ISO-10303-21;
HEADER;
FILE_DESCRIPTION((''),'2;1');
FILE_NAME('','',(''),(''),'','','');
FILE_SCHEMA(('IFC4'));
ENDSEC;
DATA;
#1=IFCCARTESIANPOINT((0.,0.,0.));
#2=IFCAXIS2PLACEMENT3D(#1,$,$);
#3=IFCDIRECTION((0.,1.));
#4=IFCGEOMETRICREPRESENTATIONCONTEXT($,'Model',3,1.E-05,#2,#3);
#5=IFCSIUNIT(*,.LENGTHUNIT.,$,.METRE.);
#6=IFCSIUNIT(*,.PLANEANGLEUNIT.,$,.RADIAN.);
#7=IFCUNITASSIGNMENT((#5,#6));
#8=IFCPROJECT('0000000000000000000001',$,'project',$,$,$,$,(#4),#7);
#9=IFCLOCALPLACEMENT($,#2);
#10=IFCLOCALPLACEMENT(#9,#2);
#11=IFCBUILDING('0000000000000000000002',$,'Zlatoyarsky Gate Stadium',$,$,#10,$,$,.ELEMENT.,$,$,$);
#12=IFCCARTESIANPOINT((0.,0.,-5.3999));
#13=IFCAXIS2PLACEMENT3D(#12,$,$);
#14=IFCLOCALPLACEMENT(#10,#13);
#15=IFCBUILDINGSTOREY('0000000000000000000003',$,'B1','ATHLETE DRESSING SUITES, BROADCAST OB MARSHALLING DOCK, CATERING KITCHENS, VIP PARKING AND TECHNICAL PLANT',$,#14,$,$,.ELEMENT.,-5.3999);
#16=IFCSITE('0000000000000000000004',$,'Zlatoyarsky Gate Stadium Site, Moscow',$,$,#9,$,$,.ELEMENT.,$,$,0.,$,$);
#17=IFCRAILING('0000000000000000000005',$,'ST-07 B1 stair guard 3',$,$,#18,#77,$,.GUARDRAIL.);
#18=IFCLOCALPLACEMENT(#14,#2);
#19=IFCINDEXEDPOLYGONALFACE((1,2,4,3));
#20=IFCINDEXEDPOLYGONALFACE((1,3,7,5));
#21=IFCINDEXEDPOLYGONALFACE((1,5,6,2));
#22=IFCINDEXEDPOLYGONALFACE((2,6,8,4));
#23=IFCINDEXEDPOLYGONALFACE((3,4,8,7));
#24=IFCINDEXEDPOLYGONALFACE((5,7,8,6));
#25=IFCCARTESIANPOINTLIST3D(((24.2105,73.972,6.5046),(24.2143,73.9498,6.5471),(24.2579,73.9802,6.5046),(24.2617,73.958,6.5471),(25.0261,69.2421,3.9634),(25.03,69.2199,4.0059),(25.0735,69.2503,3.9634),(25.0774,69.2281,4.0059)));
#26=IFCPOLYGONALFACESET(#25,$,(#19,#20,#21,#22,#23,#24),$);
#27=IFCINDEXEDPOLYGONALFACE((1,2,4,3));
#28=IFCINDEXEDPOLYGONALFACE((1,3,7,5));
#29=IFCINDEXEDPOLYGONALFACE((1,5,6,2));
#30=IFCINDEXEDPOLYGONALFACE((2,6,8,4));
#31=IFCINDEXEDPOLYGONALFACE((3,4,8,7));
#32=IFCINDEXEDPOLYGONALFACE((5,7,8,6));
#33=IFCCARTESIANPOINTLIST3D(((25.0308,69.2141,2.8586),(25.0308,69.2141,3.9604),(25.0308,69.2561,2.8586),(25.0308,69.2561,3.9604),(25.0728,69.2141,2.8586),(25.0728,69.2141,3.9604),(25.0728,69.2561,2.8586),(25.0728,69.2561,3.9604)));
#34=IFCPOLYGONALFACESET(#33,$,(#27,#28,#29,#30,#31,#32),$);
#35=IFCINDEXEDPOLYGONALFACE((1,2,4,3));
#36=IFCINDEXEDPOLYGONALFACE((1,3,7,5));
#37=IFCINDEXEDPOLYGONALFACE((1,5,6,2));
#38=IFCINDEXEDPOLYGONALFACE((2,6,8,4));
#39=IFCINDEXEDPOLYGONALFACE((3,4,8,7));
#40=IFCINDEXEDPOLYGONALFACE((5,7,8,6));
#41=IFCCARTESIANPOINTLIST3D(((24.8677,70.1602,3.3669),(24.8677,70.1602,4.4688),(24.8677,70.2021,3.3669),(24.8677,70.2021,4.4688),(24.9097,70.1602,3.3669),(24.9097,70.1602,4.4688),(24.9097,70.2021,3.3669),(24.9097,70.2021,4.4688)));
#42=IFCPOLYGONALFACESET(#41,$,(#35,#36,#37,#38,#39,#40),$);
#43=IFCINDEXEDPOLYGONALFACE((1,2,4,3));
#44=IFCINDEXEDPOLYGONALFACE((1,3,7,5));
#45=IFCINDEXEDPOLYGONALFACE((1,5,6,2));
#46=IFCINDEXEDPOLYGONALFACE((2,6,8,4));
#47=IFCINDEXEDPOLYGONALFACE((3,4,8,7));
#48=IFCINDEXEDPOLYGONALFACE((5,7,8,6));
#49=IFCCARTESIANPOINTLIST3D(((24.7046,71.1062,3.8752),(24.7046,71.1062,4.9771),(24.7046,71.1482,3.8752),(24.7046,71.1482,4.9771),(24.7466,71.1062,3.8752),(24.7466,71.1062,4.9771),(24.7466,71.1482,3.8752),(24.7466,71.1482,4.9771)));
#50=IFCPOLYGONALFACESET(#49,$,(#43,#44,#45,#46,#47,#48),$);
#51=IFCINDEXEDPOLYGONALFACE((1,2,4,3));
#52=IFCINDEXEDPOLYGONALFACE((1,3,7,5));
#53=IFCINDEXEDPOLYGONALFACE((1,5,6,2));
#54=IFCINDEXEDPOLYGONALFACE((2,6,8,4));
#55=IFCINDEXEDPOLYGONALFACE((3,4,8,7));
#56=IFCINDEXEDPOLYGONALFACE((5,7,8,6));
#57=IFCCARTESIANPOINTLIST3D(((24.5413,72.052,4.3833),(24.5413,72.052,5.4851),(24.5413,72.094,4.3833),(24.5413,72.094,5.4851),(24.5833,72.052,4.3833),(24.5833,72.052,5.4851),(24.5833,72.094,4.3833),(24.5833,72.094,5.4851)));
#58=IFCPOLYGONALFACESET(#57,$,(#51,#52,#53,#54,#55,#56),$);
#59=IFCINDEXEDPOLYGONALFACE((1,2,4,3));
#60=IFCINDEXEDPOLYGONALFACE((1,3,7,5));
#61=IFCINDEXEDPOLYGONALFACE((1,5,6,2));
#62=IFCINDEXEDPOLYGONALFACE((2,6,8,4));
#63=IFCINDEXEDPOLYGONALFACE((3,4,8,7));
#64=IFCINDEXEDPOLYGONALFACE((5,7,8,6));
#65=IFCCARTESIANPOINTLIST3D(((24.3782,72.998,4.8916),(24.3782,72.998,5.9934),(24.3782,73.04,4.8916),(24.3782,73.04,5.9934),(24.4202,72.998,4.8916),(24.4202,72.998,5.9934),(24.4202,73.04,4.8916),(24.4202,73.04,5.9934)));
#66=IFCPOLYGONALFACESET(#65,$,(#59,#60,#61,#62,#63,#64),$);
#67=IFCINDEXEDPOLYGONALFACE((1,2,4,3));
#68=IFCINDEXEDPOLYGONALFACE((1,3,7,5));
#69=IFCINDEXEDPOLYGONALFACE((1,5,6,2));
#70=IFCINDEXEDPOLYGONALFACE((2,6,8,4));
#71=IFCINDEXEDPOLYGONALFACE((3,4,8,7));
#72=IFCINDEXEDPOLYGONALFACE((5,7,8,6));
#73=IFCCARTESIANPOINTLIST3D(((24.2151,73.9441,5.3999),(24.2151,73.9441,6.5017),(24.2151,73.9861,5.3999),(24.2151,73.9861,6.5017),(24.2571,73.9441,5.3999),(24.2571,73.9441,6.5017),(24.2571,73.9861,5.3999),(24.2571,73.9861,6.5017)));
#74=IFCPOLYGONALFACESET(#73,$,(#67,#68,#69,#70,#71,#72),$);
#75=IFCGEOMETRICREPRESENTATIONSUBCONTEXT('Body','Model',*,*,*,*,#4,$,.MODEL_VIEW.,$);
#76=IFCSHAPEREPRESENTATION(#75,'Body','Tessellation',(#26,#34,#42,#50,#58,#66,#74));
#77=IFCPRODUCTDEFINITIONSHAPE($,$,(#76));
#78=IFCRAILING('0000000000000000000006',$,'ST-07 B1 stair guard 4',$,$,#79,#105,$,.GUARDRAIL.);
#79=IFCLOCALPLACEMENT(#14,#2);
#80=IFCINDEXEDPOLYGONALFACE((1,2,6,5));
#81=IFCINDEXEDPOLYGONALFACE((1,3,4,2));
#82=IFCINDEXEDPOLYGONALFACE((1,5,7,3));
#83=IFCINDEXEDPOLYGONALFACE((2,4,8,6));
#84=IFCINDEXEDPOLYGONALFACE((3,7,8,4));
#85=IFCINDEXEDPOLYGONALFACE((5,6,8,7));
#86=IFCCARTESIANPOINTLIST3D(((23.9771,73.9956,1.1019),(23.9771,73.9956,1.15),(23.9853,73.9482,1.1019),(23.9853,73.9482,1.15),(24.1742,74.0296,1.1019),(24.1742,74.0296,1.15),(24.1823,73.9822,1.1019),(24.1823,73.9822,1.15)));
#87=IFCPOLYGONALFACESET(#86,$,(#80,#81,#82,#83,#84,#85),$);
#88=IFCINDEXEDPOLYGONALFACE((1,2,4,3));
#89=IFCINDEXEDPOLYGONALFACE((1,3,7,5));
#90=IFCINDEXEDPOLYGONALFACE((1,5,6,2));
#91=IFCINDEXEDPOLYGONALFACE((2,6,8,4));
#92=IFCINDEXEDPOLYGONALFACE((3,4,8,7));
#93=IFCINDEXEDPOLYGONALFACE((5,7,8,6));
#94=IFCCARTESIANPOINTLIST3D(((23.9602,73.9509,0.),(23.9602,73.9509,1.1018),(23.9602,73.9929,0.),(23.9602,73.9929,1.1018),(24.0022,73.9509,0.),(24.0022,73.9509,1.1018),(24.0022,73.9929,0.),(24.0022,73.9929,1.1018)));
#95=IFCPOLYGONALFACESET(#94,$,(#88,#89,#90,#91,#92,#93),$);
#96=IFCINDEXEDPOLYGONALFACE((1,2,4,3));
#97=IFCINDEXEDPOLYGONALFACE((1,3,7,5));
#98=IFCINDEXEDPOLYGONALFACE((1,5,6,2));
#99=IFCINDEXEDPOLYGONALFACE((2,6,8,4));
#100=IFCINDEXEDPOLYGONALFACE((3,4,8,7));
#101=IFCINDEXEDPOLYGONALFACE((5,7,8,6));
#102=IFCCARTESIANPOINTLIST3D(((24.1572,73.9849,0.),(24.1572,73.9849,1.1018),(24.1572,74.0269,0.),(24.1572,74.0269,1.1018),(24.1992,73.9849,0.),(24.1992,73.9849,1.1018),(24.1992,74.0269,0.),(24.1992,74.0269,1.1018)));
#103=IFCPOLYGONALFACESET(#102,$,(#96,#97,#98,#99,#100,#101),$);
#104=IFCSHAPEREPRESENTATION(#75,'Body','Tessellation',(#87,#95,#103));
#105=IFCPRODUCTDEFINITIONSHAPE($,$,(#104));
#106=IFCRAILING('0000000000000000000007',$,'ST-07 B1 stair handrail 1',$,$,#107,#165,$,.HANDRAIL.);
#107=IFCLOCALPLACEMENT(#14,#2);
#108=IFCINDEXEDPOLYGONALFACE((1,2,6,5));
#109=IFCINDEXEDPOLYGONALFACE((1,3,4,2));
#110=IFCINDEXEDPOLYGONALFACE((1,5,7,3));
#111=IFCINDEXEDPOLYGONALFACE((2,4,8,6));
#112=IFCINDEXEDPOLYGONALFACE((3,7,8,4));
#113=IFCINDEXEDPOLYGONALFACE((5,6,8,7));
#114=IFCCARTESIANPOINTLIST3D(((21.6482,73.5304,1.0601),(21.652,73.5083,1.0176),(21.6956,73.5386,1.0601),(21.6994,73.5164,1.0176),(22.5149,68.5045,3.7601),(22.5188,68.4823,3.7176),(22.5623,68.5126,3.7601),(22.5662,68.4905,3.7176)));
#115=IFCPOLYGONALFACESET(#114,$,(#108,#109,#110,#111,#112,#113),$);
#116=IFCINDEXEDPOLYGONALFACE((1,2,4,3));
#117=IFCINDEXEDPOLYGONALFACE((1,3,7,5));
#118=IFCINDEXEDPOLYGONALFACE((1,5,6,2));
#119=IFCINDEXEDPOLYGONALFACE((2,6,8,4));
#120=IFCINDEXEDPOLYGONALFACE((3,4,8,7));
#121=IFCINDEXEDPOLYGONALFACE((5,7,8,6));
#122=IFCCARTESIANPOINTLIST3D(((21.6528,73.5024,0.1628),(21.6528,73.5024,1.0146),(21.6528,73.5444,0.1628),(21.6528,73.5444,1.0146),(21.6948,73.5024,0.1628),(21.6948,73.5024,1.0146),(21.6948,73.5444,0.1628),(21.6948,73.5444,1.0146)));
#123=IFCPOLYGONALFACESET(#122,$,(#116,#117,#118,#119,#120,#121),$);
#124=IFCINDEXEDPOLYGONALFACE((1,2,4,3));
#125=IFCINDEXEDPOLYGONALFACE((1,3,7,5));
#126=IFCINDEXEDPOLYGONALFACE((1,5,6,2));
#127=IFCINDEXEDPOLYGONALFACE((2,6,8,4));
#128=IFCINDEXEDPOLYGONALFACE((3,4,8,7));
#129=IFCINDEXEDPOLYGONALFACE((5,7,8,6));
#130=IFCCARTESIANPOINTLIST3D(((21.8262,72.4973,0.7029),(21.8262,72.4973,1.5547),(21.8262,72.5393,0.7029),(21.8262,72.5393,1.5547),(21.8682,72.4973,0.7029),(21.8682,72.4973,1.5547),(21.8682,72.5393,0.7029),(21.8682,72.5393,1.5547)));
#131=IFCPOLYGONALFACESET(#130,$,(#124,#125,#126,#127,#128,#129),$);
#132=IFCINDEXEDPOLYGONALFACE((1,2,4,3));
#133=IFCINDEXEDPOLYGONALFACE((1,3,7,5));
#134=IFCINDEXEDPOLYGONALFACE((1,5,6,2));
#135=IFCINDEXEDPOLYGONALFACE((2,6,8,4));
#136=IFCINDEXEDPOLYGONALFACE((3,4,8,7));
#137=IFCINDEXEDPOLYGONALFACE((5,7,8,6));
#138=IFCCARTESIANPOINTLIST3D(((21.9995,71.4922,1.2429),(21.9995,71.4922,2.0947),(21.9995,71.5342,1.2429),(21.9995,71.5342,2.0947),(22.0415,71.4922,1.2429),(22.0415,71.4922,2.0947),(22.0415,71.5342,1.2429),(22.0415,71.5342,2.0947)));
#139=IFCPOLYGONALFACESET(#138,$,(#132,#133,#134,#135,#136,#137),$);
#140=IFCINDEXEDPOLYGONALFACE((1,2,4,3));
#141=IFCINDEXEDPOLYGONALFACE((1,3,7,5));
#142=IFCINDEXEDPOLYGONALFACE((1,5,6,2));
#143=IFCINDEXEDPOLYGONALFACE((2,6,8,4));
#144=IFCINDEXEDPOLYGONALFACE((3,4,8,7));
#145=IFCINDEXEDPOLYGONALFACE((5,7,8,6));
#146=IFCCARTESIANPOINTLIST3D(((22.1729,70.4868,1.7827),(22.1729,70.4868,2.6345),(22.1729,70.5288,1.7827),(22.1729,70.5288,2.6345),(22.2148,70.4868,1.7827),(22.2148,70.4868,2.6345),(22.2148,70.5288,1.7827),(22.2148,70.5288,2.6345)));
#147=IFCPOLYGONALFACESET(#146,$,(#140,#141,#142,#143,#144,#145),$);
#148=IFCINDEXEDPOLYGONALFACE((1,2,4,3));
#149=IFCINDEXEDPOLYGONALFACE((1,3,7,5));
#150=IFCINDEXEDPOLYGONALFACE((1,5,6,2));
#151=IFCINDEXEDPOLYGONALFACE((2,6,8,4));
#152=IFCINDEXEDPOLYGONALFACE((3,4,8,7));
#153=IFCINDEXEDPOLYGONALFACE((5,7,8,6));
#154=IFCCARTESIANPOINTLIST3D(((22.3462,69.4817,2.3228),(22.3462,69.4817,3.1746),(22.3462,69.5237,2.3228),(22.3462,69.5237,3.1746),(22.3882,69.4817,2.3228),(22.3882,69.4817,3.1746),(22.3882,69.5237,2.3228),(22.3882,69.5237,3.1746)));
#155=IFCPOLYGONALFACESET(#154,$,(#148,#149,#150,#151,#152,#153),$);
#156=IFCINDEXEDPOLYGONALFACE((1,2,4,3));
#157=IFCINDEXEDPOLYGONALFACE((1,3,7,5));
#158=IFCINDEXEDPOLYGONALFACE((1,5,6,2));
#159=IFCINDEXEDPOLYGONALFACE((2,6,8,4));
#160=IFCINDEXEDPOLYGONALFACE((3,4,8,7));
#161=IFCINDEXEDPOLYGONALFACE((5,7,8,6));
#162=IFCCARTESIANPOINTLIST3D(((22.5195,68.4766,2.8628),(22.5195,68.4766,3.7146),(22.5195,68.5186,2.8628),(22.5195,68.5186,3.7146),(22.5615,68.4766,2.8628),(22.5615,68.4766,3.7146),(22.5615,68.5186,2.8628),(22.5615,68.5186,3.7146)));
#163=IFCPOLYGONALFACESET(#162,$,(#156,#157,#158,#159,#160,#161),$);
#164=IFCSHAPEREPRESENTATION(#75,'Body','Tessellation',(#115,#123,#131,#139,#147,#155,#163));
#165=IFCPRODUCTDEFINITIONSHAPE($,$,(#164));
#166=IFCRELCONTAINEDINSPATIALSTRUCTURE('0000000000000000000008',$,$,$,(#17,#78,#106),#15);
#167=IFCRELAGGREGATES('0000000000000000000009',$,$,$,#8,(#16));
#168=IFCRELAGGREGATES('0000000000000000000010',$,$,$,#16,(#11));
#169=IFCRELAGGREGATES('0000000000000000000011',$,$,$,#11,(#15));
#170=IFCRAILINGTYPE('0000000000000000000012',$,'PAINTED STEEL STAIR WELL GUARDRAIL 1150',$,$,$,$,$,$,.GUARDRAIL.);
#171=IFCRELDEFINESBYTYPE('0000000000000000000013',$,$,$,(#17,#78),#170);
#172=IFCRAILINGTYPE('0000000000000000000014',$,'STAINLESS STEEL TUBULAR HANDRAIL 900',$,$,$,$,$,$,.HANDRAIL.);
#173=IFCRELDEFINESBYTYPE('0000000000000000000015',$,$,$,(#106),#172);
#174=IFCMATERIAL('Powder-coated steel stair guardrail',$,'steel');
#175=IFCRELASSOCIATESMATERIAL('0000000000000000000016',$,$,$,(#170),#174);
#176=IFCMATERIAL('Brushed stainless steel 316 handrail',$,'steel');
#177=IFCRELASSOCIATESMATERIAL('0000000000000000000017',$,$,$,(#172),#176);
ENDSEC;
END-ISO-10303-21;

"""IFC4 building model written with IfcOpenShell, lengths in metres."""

from ifc_helpers import new_model, si_unit, direction, frame, origin, origin_2d, place, context, subcontext, project, spatial, rectangle, extrude, material, type_object, element, save


model = new_model("IFC4")

# Units and contexts
model_context = context("Model", 3, precision=1e-05, world=origin(), true_north=direction((0.0, 1.0)))
body_context = subcontext(model_context, "Body", "Model", "MODEL_VIEW")
ifc_project = project(units=[si_unit("LENGTHUNIT", "METRE"), si_unit("PLANEANGLEUNIT", "RADIAN")], contexts=[model_context])

# Site, building, storey
site_placement = place(None, origin())
site = spatial("IfcSite", under=ifc_project, at=site_placement, Name="Zlatoyarsky Gate Stadium Site, Moscow", CompositionType="ELEMENT", RefElevation=0.0)
building_placement = place(site_placement, origin())
building = spatial("IfcBuilding", under=site, at=building_placement, Name="Zlatoyarsky Gate Stadium", CompositionType="ELEMENT")
storey_placement = place(building_placement, frame((0.0, 0.0, -5.3999)))
storey = spatial("IfcBuildingStorey", under=building, at=storey_placement, Name="B1", Description="ATHLETE DRESSING SUITES, BROADCAST OB MARSHALLING DOCK, CATERING KITCHENS, VIP PARKING AND TECHNICAL PLANT", CompositionType="ELEMENT", Elevation=-5.3999)

# Railings
ifc_material_1 = material(Name="Powder-coated steel stair guardrail", Category="steel")
railing_type_1 = type_object("IfcRailingType", Name="PAINTED STEEL STAIR WELL GUARDRAIL 1150", PredefinedType="GUARDRAIL", material=ifc_material_1)
railing_1_placement = place(storey_placement, frame((25.0518, 69.2351, 2.8586)))
element("IfcRailing", 1, at=railing_1_placement, inside=storey, type_object=railing_type_1, Name="ST-07 B1 stair guard 3", PredefinedType="GUARDRAIL", context=body_context, shape_type="SweptSolid", body=[
    extrude(rectangle(XDim=0.0481, YDim=0.0481, at=origin_2d()), frame((0.0, 0.0, 1.126), z_axis=(-0.150188, 0.870918, 0.467915), x_axis=(-0.985455, -0.169939, 0.0)), (0.0, 0.0, 1.0), 5.4309),
    extrude(rectangle(XDim=0.042, YDim=0.042, at=origin_2d()), origin(), (0.0, 0.0, 1.0), 1.1018),
    extrude(rectangle(XDim=0.042, YDim=0.042, at=origin_2d()), frame((-0.1631, 0.946, 0.5083)), (0.0, 0.0, 1.0), 1.1018),
    extrude(rectangle(XDim=0.042, YDim=0.042, at=origin_2d()), frame((-0.3262, 1.8921, 1.0166)), (0.0, 0.0, 1.0), 1.1018),
    extrude(rectangle(XDim=0.042, YDim=0.042, at=origin_2d()), frame((-0.4895, 2.8379, 1.5247)), (0.0, 0.0, 1.0), 1.1018),
    extrude(rectangle(XDim=0.042, YDim=0.042, at=origin_2d()), frame((-0.6526, 3.7839, 2.033)), (0.0, 0.0, 1.0), 1.1018),
    extrude(rectangle(XDim=0.042, YDim=0.042, at=origin_2d()), frame((-0.8157, 4.73, 2.5413)), (0.0, 0.0, 1.0), 1.1018),
])
railing_2_placement = place(storey_placement, frame((23.9812, 73.9719, 0.0)))
element("IfcRailing", 2, at=railing_2_placement, inside=storey, type_object=railing_type_1, Name="ST-07 B1 stair guard 4", PredefinedType="GUARDRAIL", context=body_context, shape_type="SweptSolid", body=[
    extrude(rectangle(XDim=0.0481, YDim=0.0481, at=origin_2d()), frame((0.0, 0.0, 1.126), z_axis=(0.985488, 0.169743, 0.0), x_axis=(-0.169743, 0.985488, 0.0)), (0.0, 0.0, 1.0), 0.2),
    extrude(rectangle(XDim=0.042, YDim=0.042, at=origin_2d()), origin(), (0.0, 0.0, 1.0), 1.1018),
    extrude(rectangle(XDim=0.042, YDim=0.042, at=origin_2d()), frame((0.197, 0.0339, 0.0)), (0.0, 0.0, 1.0), 1.1018),
])
ifc_material_2 = material(Name="Brushed stainless steel 316 handrail", Category="steel")
railing_type_2 = type_object("IfcRailingType", Name="STAINLESS STEEL TUBULAR HANDRAIL 900", PredefinedType="HANDRAIL", material=ifc_material_2)
railing_3_placement = place(storey_placement, frame((21.6738, 73.5234, 0.1628)))
element("IfcRailing", 3, at=railing_3_placement, inside=storey, type_object=railing_type_2, Name="ST-07 B1 stair handrail 1", PredefinedType="HANDRAIL", context=body_context, shape_type="SweptSolid", body=[
    extrude(rectangle(XDim=0.0481, YDim=0.0481, at=origin_2d()), frame((0.0, 0.0, 0.876), z_axis=(0.150191, -0.870939, 0.467877), x_axis=(0.985455, 0.169939, 0.0)), (0.0, 0.0, 1.0), 5.7708),
    extrude(rectangle(XDim=0.042, YDim=0.042, at=origin_2d()), origin(), (0.0, 0.0, 1.0), 0.8518),
    extrude(rectangle(XDim=0.042, YDim=0.042, at=origin_2d()), frame((0.1733, -1.0051, 0.54)), (0.0, 0.0, 1.0), 0.8518),
    extrude(rectangle(XDim=0.042, YDim=0.042, at=origin_2d()), frame((0.3467, -2.0103, 1.0801)), (0.0, 0.0, 1.0), 0.8518),
    extrude(rectangle(XDim=0.042, YDim=0.042, at=origin_2d()), frame((0.52, -3.0156, 1.6199)), (0.0, 0.0, 1.0), 0.8518),
    extrude(rectangle(XDim=0.042, YDim=0.042, at=origin_2d()), frame((0.6934, -4.0208, 2.1599)), (0.0, 0.0, 1.0), 0.8518),
    extrude(rectangle(XDim=0.042, YDim=0.042, at=origin_2d()), frame((0.8667, -5.0259, 2.7)), (0.0, 0.0, 1.0), 0.8518),
])

save(model, "model.ifc")
